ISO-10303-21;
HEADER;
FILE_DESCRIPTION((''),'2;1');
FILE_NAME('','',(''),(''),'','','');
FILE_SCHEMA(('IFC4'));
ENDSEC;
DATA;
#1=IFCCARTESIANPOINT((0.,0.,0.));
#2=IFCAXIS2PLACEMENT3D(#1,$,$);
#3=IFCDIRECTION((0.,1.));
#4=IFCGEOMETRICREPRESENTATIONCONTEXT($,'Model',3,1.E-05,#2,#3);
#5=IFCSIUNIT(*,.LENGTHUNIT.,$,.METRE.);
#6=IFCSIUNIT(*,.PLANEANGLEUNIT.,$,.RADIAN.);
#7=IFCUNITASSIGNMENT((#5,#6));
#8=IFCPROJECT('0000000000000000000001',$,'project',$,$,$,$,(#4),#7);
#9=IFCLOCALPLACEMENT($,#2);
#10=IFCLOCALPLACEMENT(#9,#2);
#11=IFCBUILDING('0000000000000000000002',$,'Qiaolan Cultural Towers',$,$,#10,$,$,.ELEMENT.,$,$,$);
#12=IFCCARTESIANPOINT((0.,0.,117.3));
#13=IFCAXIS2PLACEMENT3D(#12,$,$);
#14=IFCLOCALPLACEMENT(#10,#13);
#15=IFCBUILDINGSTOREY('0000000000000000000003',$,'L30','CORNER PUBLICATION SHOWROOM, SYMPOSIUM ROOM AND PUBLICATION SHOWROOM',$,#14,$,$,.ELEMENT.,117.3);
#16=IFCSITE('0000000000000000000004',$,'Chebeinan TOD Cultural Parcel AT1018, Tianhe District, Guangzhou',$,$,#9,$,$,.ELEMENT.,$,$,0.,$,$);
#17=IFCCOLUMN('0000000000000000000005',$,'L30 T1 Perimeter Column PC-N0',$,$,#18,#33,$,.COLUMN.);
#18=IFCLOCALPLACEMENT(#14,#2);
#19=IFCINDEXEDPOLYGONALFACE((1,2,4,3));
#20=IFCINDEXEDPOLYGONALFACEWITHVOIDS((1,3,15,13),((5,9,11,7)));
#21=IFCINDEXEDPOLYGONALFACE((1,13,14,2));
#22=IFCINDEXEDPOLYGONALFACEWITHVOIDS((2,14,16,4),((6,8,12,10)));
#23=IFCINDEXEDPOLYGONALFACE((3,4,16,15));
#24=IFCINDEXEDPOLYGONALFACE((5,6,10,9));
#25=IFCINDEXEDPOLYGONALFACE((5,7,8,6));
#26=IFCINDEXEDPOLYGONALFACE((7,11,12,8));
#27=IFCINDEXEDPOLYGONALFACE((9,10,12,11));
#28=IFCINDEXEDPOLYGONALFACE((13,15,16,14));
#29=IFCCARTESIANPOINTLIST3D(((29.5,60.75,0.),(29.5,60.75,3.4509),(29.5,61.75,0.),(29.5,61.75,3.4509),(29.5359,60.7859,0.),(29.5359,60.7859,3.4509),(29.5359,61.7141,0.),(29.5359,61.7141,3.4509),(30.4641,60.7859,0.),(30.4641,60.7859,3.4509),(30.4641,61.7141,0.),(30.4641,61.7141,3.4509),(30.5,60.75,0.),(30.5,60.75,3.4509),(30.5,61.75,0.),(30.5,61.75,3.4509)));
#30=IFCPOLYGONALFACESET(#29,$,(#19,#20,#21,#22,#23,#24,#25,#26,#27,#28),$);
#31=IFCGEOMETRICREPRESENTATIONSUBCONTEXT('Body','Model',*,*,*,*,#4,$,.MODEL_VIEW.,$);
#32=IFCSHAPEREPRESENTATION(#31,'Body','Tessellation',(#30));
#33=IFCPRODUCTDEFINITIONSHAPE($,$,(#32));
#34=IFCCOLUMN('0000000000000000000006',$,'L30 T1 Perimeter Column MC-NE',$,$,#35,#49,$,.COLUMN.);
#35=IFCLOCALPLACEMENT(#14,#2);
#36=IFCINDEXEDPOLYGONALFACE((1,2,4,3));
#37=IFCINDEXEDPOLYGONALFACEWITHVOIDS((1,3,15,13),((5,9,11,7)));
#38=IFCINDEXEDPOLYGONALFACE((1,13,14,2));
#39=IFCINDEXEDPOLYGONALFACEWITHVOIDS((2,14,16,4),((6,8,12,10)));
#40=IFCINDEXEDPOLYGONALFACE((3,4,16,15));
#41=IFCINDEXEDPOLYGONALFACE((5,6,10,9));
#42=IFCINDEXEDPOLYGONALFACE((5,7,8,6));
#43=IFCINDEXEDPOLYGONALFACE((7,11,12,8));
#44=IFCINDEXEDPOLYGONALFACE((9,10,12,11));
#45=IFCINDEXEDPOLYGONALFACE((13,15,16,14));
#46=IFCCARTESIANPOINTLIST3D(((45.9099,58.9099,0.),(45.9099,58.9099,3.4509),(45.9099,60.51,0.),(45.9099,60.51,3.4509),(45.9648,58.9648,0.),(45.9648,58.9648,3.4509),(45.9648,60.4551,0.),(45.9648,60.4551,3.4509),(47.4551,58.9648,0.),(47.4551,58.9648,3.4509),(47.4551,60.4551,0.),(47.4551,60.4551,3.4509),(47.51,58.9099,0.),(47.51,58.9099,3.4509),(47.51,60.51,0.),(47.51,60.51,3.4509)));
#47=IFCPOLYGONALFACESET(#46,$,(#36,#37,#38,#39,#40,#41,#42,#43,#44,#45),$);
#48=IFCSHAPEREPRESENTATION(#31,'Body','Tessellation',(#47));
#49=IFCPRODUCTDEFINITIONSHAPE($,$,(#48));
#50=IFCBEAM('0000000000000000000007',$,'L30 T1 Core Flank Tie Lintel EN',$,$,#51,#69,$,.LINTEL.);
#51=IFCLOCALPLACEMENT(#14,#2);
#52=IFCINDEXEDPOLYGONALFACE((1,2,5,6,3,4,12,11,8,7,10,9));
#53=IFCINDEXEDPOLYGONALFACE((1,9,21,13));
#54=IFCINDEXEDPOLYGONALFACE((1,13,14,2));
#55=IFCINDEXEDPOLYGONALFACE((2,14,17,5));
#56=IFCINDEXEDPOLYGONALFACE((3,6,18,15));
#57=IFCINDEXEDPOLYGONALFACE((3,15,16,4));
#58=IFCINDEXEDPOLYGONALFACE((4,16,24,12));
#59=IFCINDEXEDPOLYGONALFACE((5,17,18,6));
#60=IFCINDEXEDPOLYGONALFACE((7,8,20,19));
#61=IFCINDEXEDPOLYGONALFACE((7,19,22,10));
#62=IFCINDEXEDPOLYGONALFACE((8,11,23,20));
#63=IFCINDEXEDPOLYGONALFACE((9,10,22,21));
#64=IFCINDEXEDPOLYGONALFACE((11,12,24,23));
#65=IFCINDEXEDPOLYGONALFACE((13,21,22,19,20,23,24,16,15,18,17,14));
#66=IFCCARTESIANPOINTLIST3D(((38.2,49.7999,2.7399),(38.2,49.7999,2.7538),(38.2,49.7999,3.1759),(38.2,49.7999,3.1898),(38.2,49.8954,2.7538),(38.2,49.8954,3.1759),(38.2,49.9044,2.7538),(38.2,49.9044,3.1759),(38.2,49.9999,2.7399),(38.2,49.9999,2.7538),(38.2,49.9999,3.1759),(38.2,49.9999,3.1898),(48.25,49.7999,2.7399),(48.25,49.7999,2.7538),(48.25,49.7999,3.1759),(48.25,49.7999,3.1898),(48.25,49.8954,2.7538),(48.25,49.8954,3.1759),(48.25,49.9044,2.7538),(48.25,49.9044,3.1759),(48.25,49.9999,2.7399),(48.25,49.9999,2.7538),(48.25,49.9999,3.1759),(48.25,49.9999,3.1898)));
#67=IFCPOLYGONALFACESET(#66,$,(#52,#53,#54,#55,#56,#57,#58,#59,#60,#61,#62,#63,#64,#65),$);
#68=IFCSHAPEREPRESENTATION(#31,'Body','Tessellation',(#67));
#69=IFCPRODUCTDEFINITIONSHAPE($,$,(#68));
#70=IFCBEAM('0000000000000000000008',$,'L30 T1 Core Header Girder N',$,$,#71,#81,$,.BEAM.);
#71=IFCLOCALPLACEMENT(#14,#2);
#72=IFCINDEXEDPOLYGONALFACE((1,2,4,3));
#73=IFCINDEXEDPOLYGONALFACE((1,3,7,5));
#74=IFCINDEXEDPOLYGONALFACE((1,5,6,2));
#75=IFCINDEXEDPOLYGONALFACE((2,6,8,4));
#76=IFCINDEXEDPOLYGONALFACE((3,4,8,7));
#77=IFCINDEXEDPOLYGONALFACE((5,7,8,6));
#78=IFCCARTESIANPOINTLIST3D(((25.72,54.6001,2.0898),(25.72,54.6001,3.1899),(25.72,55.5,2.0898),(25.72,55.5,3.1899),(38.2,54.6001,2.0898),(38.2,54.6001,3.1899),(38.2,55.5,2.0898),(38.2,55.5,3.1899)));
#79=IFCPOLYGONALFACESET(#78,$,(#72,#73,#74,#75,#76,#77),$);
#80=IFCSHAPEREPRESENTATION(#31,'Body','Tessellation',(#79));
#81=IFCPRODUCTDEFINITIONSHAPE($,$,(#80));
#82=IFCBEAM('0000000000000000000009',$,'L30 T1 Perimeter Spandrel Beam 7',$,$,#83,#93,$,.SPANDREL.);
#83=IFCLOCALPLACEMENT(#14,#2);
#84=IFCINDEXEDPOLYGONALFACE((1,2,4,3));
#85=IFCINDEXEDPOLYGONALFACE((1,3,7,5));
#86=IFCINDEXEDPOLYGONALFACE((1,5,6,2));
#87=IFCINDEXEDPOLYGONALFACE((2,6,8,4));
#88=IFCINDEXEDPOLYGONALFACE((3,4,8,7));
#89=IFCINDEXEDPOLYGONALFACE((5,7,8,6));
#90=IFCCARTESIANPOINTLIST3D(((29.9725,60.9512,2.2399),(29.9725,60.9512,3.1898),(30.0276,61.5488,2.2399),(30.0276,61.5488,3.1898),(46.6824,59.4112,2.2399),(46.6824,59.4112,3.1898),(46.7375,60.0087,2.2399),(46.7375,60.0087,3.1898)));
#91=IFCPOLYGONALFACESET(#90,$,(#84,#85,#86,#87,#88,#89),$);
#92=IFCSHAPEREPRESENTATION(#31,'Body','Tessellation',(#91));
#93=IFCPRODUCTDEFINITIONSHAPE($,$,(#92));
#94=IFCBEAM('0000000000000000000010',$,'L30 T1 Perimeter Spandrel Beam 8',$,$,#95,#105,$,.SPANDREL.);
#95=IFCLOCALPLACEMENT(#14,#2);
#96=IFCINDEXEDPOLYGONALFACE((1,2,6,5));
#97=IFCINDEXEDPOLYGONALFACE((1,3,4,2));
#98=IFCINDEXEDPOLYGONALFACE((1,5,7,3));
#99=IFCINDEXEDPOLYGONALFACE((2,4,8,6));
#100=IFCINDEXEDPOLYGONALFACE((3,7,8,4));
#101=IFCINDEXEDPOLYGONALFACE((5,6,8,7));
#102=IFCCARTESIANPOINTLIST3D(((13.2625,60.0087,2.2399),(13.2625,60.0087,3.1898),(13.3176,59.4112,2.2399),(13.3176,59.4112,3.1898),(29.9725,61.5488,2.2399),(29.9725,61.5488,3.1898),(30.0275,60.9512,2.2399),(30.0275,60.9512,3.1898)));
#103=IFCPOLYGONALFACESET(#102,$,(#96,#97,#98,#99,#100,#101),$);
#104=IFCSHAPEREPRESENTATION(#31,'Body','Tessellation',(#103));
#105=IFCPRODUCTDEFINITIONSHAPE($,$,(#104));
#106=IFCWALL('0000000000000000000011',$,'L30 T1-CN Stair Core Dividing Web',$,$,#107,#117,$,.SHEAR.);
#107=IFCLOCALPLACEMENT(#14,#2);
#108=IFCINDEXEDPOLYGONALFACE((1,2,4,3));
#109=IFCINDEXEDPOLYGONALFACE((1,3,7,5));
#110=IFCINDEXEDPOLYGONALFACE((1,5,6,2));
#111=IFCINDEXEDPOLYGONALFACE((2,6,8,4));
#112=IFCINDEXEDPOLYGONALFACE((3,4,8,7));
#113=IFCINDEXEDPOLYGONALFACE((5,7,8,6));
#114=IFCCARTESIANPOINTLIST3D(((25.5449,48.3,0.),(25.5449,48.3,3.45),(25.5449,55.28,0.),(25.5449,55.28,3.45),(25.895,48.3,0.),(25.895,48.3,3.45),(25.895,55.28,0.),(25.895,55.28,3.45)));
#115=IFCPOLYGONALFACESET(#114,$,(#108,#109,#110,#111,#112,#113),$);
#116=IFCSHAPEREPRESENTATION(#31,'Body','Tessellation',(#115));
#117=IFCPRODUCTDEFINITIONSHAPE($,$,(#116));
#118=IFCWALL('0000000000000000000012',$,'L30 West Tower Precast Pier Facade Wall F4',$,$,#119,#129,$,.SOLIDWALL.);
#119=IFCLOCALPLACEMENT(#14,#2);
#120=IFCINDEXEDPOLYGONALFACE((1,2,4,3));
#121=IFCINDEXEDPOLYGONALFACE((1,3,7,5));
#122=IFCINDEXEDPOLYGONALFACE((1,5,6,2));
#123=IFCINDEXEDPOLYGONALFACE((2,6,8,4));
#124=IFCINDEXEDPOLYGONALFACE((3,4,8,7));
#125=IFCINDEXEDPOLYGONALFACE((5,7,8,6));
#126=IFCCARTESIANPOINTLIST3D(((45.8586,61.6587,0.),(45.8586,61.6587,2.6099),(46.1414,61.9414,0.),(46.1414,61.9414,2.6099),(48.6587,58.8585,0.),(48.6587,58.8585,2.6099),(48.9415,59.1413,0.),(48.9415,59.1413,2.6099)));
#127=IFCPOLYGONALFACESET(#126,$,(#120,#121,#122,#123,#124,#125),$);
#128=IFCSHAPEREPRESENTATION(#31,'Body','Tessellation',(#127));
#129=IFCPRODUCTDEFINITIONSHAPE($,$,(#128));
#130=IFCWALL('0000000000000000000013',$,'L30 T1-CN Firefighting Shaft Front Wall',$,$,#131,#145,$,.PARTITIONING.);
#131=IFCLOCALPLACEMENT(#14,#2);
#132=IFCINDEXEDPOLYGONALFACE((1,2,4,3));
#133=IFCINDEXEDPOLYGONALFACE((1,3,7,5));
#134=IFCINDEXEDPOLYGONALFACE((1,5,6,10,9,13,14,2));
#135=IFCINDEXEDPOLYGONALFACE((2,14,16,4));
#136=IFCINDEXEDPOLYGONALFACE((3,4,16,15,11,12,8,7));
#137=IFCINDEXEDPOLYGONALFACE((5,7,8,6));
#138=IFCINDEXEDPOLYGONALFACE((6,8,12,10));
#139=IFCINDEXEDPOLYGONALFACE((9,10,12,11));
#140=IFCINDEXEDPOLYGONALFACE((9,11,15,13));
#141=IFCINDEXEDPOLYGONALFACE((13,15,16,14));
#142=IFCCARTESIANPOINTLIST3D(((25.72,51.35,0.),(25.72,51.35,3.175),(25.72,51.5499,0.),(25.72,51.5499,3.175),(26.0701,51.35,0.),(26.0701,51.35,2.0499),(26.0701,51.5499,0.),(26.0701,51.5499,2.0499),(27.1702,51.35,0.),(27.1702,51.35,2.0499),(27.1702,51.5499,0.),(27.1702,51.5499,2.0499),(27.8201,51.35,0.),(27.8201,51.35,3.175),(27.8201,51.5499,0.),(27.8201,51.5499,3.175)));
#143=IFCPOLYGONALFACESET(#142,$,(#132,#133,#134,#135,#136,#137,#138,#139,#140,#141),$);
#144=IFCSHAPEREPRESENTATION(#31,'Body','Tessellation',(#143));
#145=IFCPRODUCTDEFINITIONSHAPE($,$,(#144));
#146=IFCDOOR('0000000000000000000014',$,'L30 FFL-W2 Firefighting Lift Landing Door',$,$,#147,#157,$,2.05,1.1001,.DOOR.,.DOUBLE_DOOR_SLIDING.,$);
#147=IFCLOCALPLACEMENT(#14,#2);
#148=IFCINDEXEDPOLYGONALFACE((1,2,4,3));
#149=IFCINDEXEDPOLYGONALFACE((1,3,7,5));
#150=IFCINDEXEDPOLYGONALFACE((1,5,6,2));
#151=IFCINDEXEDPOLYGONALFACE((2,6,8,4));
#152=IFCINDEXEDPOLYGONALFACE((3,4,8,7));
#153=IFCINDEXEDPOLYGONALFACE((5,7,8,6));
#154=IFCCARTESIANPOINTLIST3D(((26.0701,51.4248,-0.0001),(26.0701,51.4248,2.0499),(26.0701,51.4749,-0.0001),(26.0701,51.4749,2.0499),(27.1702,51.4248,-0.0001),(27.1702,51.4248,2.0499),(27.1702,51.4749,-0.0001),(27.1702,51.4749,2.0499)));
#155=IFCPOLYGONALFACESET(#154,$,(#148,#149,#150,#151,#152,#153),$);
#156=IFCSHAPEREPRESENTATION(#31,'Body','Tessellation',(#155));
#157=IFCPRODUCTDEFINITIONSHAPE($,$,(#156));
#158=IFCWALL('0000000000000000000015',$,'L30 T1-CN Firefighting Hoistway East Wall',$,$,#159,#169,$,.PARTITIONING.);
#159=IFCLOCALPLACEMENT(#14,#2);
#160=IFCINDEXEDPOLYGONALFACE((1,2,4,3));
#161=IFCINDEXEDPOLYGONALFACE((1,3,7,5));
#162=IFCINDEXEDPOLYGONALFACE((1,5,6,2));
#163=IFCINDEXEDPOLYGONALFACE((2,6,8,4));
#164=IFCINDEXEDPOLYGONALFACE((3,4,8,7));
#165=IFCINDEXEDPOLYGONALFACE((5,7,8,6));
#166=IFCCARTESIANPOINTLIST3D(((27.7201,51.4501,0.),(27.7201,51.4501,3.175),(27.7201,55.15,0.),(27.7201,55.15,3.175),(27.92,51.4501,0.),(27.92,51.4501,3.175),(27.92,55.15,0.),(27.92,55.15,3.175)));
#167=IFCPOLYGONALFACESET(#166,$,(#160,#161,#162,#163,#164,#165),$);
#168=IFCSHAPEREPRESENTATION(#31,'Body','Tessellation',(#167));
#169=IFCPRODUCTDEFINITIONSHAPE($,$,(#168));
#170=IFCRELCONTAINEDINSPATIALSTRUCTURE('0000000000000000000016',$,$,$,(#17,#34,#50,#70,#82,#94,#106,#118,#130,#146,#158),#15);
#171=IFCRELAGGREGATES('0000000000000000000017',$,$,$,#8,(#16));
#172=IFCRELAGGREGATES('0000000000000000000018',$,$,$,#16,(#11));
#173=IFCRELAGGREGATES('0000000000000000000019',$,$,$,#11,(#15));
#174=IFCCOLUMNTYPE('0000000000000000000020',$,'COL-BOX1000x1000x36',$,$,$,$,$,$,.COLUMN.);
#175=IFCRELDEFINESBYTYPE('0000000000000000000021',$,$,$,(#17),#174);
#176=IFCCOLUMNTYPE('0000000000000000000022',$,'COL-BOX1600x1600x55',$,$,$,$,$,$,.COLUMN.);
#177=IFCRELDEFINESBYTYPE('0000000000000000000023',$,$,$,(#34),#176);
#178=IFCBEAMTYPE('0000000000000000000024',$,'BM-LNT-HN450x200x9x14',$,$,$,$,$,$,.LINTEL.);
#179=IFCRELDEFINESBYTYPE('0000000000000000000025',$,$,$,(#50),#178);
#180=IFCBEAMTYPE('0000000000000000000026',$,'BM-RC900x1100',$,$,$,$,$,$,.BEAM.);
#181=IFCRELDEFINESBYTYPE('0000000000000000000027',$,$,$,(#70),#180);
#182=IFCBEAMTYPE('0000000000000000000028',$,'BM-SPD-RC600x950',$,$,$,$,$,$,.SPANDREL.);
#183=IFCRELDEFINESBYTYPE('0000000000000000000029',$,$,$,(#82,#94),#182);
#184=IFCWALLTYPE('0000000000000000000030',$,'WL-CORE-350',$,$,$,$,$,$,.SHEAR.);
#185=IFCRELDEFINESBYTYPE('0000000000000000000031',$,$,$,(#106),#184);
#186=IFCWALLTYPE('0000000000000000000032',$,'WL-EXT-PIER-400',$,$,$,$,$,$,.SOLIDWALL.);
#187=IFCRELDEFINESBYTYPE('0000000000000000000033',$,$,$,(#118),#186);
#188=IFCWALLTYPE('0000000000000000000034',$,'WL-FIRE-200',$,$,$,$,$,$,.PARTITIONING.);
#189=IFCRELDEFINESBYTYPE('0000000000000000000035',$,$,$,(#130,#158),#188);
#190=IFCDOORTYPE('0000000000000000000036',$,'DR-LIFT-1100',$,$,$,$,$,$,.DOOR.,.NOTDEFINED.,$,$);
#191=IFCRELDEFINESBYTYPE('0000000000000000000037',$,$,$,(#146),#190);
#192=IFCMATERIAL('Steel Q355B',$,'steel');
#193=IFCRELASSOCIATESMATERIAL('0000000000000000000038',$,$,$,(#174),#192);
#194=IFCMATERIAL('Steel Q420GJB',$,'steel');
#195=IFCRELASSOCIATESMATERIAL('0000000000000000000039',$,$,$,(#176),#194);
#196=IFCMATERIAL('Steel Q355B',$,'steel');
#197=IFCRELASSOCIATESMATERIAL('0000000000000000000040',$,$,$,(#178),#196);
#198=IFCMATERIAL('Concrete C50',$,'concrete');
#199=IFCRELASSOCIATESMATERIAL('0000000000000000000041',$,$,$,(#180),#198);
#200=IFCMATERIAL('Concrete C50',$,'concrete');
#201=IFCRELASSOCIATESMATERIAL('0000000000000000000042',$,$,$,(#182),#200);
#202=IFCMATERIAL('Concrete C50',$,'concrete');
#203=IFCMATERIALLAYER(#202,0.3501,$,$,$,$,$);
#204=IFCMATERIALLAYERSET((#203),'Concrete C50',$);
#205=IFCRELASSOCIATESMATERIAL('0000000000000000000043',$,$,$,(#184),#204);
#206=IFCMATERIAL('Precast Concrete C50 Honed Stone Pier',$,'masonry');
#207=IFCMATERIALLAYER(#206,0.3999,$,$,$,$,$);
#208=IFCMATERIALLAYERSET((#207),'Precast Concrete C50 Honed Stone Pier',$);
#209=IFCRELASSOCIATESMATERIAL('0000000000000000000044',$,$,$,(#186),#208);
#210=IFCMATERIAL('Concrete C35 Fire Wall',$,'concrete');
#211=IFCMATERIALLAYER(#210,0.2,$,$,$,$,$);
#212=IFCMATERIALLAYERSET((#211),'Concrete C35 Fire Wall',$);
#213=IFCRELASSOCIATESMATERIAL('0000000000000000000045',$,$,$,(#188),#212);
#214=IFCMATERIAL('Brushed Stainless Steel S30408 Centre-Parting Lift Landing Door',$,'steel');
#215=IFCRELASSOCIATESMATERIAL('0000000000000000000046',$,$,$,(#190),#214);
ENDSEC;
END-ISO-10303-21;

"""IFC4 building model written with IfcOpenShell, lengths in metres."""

from ifc_helpers import new_model, si_unit, direction, frame, frame_2d, origin, origin_2d, place, context, subcontext, project, spatial, rectangle, hollow_rectangle, i_section, extrude, material, layer, layer_set, material_profile, profile_set, type_object, element, fill, save


model = new_model("IFC4")

# Units and contexts
model_context = context("Model", 3, precision=1e-05, world=origin(), true_north=direction((0.0, 1.0)))
body_context = subcontext(model_context, "Body", "Model", "MODEL_VIEW")
ifc_project = project(units=[si_unit("LENGTHUNIT", "METRE"), si_unit("PLANEANGLEUNIT", "RADIAN")], contexts=[model_context])

# Site, building, storey
site_placement = place(None, origin())
site = spatial("IfcSite", under=ifc_project, at=site_placement, Name="Chebeinan TOD Cultural Parcel AT1018, Tianhe District, Guangzhou", CompositionType="ELEMENT", RefElevation=0.0)
building_placement = place(site_placement, origin())
building = spatial("IfcBuilding", under=site, at=building_placement, Name="Qiaolan Cultural Towers", CompositionType="ELEMENT")
storey_placement = place(building_placement, frame((0.0, 0.0, 117.3)))
storey = spatial("IfcBuildingStorey", under=building, at=storey_placement, Name="L30", Description="CORNER PUBLICATION SHOWROOM, SYMPOSIUM ROOM AND PUBLICATION SHOWROOM", CompositionType="ELEMENT", Elevation=117.3)

# Columns
ifc_material_1 = material(Name="Steel Q355B", Category="steel")
ifc_material_profile_1 = material_profile(ifc_material_1, hollow_rectangle(XDim=1.0, YDim=1.0, WallThickness=0.0359, at=origin_2d()), Name="BOX1000x1000x36")
ifc_profile_set_1 = profile_set([ifc_material_profile_1], Name="Steel Q355B")
column_type_1 = type_object("IfcColumnType", Name="COL-BOX1000x1000x36", PredefinedType="COLUMN", material=ifc_profile_set_1)
column_1_placement = place(storey_placement, frame((30.0, 61.25, 0.0), z_axis=(0.0, 0.0, 1.0), x_axis=(1.0, 0.0, 0.0)))
element("IfcColumn", 1, at=column_1_placement, inside=storey, type_object=column_type_1, Name="L30 T1 Perimeter Column PC-N0", PredefinedType="COLUMN", context=body_context, shape_type="SweptSolid", body=[
    extrude(hollow_rectangle(XDim=1.0, YDim=1.0, WallThickness=0.0359, at=origin_2d()), origin(), (0.0, 0.0, 1.0), 3.4509),
])
ifc_material_2 = material(Name="Steel Q420GJB", Category="steel")
ifc_material_profile_2 = material_profile(ifc_material_2, hollow_rectangle(XDim=1.6001, YDim=1.6001, WallThickness=0.0549, at=origin_2d()), Name="BOX1600x1600x55")
ifc_profile_set_2 = profile_set([ifc_material_profile_2], Name="Steel Q420GJB")
column_type_2 = type_object("IfcColumnType", Name="COL-BOX1600x1600x55", PredefinedType="COLUMN", material=ifc_profile_set_2)
column_2_placement = place(storey_placement, frame((46.71, 59.71, 0.0), z_axis=(0.0, 0.0, 1.0), x_axis=(1.0, 0.0, 0.0)))
element("IfcColumn", 2, at=column_2_placement, inside=storey, type_object=column_type_2, Name="L30 T1 Perimeter Column MC-NE", PredefinedType="COLUMN", context=body_context, shape_type="SweptSolid", body=[
    extrude(hollow_rectangle(XDim=1.6001, YDim=1.6001, WallThickness=0.0549, at=origin_2d()), origin(), (0.0, 0.0, 1.0), 3.4509),
])

# Beams
ifc_material_3 = material(Name="Steel Q355B", Category="steel")
ifc_material_profile_3 = material_profile(ifc_material_3, i_section(OverallWidth=0.2, OverallDepth=0.45, WebThickness=0.009, FlangeThickness=0.0139, at=origin_2d()), Name="HN450x200x9x14")
ifc_profile_set_3 = profile_set([ifc_material_profile_3], Name="Steel Q355B")
beam_type_1 = type_object("IfcBeamType", Name="BM-LNT-HN450x200x9x14", PredefinedType="LINTEL", material=ifc_profile_set_3)
beam_1_placement = place(storey_placement, frame((38.2, 49.8999, 2.9648), z_axis=(1.0, 0.0, 0.0), x_axis=(0.0, 1.0, 0.0)))
element("IfcBeam", 3, at=beam_1_placement, inside=storey, type_object=beam_type_1, Name="L30 T1 Core Flank Tie Lintel EN", PredefinedType="LINTEL", context=body_context, shape_type="SweptSolid", body=[
    extrude(i_section(OverallWidth=0.2, OverallDepth=0.45, WebThickness=0.009, FlangeThickness=0.0139, at=origin_2d()), origin(), (0.0, 0.0, 1.0), 10.05),
])
ifc_material_4 = material(Name="Concrete C50", Category="concrete")
ifc_material_profile_4 = material_profile(ifc_material_4, rectangle(XDim=0.8999, YDim=1.1001, at=origin_2d()), Name="RC900x1100")
ifc_profile_set_4 = profile_set([ifc_material_profile_4], Name="Concrete C50")
beam_type_2 = type_object("IfcBeamType", Name="BM-RC900x1100", PredefinedType="BEAM", material=ifc_profile_set_4)
beam_2_placement = place(storey_placement, frame((25.72, 55.05, 2.6399), z_axis=(1.0, 0.0, 0.0), x_axis=(0.0, 1.0, 0.0)))
element("IfcBeam", 4, at=beam_2_placement, inside=storey, type_object=beam_type_2, Name="L30 T1 Core Header Girder N", PredefinedType="BEAM", context=body_context, shape_type="SweptSolid", body=[
    extrude(rectangle(XDim=0.8999, YDim=1.1001, at=origin_2d()), origin(), (0.0, 0.0, 1.0), 12.48),
])
ifc_material_5 = material(Name="Concrete C50", Category="concrete")
ifc_material_profile_5 = material_profile(ifc_material_5, rectangle(XDim=0.6001, YDim=0.95, at=origin_2d()), Name="RC600x950")
ifc_profile_set_5 = profile_set([ifc_material_profile_5], Name="Concrete C50")
beam_type_3 = type_object("IfcBeamType", Name="BM-SPD-RC600x950", PredefinedType="SPANDREL", material=ifc_profile_set_5)
for number, where, z_axis, x_axis, name in (
    (5, (46.71, 59.71, 2.7148), (-0.99578, 0.091774, 0.0), (-0.091774, -0.99578, 0.0), "L30 T1 Perimeter Spandrel Beam 7"),
    (6, (30.0, 61.25, 2.7148), (-0.99578, -0.091774, 0.0), (0.091774, -0.99578, 0.0), "L30 T1 Perimeter Spandrel Beam 8"),
):
    element("IfcBeam", number, at=place(storey_placement, frame(where, z_axis=z_axis, x_axis=x_axis)), inside=storey, type_object=beam_type_3, Name=name, PredefinedType="SPANDREL", context=body_context, shape_type="SweptSolid", body=[
        extrude(rectangle(XDim=0.6001, YDim=0.95, at=origin_2d()), origin(), (0.0, 0.0, 1.0), 16.7808),
    ])

# Walls
ifc_material_6 = material(Name="Concrete C50", Category="concrete")
ifc_layer_1 = layer(ifc_material_6, 0.3501)
ifc_layer_set_1 = layer_set([ifc_layer_1], Name="Concrete C50")
wall_type_1 = type_object("IfcWallType", Name="WL-CORE-350", PredefinedType="SHEAR", material=ifc_layer_set_1)
wall_1_placement = place(storey_placement, frame((25.72, 48.3, 0.0), z_axis=(0.0, 0.0, 1.0), x_axis=(0.0, 1.0, 0.0)))
element("IfcWall", 7, at=wall_1_placement, inside=storey, type_object=wall_type_1, Name="L30 T1-CN Stair Core Dividing Web", PredefinedType="SHEAR", context=body_context, shape_type="SweptSolid", body=[
    extrude(rectangle(XDim=6.98, YDim=0.3501, at=frame_2d((3.49, 0.0))), origin(), (0.0, 0.0, 1.0), 3.45),
])
ifc_material_7 = material(Name="Precast Concrete C50 Honed Stone Pier", Category="masonry")
ifc_layer_2 = layer(ifc_material_7, 0.3999)
ifc_layer_set_2 = layer_set([ifc_layer_2], Name="Precast Concrete C50 Honed Stone Pier")
wall_type_2 = type_object("IfcWallType", Name="WL-EXT-PIER-400", PredefinedType="SOLIDWALL", material=ifc_layer_set_2)
wall_2_placement = place(storey_placement, frame((46.0, 61.8, 0.0), z_axis=(0.0, 0.0, 1.0), x_axis=(0.707107, -0.707107, 0.0)))
element("IfcWall", 8, at=wall_2_placement, inside=storey, type_object=wall_type_2, Name="L30 West Tower Precast Pier Facade Wall F4", PredefinedType="SOLIDWALL", context=body_context, shape_type="SweptSolid", body=[
    extrude(rectangle(XDim=3.96, YDim=0.3999, at=frame_2d((1.98, 0.0))), origin(), (0.0, 0.0, 1.0), 2.6099),
])

# Wall, opening, door
ifc_material_8 = material(Name="Concrete C35 Fire Wall", Category="concrete")
ifc_layer_3 = layer(ifc_material_8, 0.2)
ifc_layer_set_3 = layer_set([ifc_layer_3], Name="Concrete C35 Fire Wall")
wall_type_3 = type_object("IfcWallType", Name="WL-FIRE-200", PredefinedType="PARTITIONING", material=ifc_layer_set_3)
wall_3_placement = place(storey_placement, frame((25.72, 51.45, 0.0), z_axis=(0.0, 0.0, 1.0), x_axis=(1.0, 0.0, 0.0)))
wall_3 = element("IfcWall", 9, at=wall_3_placement, inside=storey, type_object=wall_type_3, Name="L30 T1-CN Firefighting Shaft Front Wall", PredefinedType="PARTITIONING", context=body_context, shape_type="SweptSolid", body=[
    extrude(rectangle(XDim=2.1001, YDim=0.2, at=frame_2d((1.05, 0.0))), origin(), (0.0, 0.0, 1.0), 3.175),
])
opening_1_placement = place(wall_3_placement, frame((0.3501, 0.0, 0.0)))
opening_1 = element("IfcOpeningElement", 10, at=opening_1_placement, cuts=wall_3, PredefinedType="OPENING", context=body_context, shape_type="SweptSolid", body=[
    extrude(rectangle(XDim=1.1001, YDim=2.05, at=frame_2d((0.55, 1.0249))), frame((0.0, 0.1099, 0.0), z_axis=(0.0, -1.0, 0.0), x_axis=(1.0, 0.0, 0.0)), (0.0, 0.0, 1.0), 0.22),
])
ifc_material_9 = material(Name="Brushed Stainless Steel S30408 Centre-Parting Lift Landing Door", Category="steel")
door_type_1 = type_object("IfcDoorType", Name="DR-LIFT-1100", OperationType="NOTDEFINED", PredefinedType="DOOR", material=ifc_material_9)
door_1_placement = place(opening_1_placement, origin())
door_1 = element("IfcDoor", 11, at=door_1_placement, inside=storey, type_object=door_type_1, Name="L30 FFL-W2 Firefighting Lift Landing Door", OperationType="DOUBLE_DOOR_SLIDING", OverallHeight=2.05, OverallWidth=1.1001, PredefinedType="DOOR", context=body_context, shape_type="SweptSolid", body=[
    extrude(rectangle(XDim=1.1001, YDim=2.05, at=frame_2d((0.55, 1.0249))), frame((0.0, 0.0249, 0.0), z_axis=(0.0, -1.0, 0.0), x_axis=(1.0, 0.0, 0.0)), (0.0, 0.0, 1.0), 0.05),
])
fill(opening_1, door_1)

# Wall
wall_4_placement = place(storey_placement, frame((27.8201, 51.45, 0.0), z_axis=(0.0, 0.0, 1.0), x_axis=(0.0, 1.0, 0.0)))
element("IfcWall", 12, at=wall_4_placement, inside=storey, type_object=wall_type_3, Name="L30 T1-CN Firefighting Hoistway East Wall", PredefinedType="PARTITIONING", context=body_context, shape_type="SweptSolid", body=[
    extrude(rectangle(XDim=3.7, YDim=0.2, at=frame_2d((1.8501, 0.0))), origin(), (0.0, 0.0, 1.0), 3.175),
])

save(model, "model.ifc")
